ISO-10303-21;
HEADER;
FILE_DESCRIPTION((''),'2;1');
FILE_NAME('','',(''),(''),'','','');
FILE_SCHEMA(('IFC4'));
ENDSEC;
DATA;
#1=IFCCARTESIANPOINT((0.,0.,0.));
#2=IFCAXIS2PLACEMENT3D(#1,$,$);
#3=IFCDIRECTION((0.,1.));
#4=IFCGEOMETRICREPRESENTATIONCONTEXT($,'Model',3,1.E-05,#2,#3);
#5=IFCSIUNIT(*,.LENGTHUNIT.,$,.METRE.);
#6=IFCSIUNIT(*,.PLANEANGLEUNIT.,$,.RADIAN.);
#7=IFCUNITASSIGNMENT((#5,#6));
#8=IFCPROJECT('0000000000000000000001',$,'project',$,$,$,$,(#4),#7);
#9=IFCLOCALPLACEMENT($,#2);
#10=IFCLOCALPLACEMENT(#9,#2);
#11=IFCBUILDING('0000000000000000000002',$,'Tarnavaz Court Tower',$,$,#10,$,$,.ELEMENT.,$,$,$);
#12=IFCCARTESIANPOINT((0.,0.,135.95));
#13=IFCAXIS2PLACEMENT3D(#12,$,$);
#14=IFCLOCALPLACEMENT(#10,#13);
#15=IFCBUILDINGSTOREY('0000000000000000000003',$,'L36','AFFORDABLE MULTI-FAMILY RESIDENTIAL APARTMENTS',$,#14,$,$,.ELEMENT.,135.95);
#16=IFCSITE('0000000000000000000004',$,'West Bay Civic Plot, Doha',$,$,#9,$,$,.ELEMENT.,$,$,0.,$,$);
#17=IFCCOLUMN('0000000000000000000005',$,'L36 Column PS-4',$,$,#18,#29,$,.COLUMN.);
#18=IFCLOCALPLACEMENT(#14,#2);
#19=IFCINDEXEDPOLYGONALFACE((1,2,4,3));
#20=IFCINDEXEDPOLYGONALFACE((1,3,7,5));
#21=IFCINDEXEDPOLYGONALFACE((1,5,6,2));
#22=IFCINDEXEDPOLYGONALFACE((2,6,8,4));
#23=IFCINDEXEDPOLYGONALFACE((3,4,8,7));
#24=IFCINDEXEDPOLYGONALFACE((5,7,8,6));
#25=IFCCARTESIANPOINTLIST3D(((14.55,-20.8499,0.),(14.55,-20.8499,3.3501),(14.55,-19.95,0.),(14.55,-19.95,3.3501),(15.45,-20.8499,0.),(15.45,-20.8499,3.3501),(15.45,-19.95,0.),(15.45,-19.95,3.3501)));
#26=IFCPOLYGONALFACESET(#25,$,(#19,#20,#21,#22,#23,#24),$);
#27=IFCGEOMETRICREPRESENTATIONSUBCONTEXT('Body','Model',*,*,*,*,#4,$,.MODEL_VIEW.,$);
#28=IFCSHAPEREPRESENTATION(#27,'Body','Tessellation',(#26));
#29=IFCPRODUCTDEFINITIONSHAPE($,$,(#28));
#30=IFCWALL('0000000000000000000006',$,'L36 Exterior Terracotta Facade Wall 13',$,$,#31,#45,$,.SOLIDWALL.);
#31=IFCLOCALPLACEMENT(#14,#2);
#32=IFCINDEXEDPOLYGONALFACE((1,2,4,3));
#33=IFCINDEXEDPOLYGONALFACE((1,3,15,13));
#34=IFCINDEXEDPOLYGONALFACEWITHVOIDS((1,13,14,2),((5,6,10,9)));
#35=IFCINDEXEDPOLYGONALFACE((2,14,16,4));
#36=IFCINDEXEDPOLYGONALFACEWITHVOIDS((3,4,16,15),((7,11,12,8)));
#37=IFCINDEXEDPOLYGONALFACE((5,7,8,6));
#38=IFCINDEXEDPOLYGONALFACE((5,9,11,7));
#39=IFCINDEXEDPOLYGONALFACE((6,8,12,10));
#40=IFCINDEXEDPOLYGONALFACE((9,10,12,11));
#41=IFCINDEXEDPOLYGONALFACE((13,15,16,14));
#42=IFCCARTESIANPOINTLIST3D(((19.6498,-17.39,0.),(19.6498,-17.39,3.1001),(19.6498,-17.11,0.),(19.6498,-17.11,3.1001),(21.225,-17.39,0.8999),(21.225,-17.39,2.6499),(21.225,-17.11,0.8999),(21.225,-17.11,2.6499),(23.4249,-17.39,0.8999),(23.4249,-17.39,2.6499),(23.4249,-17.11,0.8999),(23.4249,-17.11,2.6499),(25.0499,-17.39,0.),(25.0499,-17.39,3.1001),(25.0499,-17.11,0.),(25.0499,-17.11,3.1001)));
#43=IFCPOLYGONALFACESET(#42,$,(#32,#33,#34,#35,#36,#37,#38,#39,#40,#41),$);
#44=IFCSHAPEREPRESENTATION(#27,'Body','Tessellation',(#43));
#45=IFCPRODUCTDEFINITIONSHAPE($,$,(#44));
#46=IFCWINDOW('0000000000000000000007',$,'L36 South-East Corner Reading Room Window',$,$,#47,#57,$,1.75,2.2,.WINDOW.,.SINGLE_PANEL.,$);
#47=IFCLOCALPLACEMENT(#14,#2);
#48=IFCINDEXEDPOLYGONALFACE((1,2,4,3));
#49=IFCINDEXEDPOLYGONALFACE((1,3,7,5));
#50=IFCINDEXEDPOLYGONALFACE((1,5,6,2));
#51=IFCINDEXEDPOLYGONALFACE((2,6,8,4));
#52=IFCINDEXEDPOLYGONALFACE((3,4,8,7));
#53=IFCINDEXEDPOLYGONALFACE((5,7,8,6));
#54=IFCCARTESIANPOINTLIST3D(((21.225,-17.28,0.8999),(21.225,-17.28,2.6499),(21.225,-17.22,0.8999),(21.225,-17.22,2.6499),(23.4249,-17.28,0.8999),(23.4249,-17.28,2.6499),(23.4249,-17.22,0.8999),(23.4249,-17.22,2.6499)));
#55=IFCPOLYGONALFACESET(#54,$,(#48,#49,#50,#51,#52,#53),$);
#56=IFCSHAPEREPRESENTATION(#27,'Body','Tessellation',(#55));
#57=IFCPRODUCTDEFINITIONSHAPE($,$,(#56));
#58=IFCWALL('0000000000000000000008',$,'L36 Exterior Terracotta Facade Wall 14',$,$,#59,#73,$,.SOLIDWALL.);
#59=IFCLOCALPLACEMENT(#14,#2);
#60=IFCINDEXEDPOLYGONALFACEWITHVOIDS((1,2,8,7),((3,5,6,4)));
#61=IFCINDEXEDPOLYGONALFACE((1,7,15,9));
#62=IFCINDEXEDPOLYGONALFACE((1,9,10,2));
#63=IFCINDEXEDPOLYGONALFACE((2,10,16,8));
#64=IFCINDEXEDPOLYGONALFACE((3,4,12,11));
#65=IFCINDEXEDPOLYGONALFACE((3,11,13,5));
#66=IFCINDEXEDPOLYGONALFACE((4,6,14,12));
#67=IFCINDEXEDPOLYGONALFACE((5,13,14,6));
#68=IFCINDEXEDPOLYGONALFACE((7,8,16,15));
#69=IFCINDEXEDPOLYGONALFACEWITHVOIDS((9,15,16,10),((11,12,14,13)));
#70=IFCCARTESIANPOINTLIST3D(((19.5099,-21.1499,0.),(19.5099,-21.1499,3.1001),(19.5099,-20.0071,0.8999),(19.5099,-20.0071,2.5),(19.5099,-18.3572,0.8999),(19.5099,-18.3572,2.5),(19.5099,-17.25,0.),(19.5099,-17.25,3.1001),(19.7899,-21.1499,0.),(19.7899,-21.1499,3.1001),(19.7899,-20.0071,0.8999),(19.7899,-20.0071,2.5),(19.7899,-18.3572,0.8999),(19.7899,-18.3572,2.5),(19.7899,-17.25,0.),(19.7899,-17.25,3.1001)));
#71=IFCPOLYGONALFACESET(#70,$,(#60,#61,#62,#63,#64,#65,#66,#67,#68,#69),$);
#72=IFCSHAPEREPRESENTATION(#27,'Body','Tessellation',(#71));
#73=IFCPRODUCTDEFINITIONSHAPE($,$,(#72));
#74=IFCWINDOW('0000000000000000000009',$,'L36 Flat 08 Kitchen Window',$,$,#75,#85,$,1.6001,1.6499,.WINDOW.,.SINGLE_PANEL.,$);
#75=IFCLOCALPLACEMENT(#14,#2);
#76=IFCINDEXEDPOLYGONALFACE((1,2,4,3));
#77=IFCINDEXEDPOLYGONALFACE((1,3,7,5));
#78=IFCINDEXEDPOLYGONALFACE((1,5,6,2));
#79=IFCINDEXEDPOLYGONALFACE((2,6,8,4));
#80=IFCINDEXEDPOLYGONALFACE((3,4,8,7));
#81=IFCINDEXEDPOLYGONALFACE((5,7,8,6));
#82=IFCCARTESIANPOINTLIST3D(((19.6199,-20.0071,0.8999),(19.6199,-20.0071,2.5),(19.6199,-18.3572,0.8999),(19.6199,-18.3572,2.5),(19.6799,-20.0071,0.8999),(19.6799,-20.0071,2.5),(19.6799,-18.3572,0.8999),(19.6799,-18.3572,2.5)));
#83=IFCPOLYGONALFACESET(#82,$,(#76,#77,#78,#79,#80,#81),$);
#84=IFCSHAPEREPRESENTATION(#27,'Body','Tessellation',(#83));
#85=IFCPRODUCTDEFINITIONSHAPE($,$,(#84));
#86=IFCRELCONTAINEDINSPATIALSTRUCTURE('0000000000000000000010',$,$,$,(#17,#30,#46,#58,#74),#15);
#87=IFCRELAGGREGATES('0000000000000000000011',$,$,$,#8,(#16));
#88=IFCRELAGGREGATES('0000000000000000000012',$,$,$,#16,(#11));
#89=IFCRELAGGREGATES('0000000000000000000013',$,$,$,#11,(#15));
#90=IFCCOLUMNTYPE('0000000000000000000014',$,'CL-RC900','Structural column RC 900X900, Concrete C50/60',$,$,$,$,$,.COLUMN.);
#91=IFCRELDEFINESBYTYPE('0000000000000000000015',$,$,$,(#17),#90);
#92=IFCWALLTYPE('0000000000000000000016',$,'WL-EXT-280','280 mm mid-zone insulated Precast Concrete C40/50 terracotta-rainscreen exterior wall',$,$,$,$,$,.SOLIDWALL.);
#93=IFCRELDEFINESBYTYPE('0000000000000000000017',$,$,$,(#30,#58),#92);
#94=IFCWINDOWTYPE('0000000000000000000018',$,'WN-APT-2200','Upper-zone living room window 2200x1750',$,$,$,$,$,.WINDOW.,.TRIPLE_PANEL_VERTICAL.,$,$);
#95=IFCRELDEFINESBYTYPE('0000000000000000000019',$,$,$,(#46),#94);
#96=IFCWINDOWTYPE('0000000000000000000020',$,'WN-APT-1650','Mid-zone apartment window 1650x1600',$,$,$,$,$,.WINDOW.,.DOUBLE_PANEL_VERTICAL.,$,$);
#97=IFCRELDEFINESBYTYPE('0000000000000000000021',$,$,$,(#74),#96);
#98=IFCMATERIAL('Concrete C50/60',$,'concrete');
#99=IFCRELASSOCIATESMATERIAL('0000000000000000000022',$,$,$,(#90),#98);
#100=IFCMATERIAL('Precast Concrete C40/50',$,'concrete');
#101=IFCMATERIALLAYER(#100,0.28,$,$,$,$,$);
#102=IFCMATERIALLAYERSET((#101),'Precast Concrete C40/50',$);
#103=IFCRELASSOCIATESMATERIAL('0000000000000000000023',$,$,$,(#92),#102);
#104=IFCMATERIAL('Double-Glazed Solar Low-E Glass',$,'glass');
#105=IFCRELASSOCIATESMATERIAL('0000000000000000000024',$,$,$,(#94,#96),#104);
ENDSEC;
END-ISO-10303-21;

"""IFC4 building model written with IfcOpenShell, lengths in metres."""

from ifc_helpers import new_model, si_unit, direction, frame, frame_2d, origin, origin_2d, place, context, subcontext, project, spatial, rectangle, extrude, material, layer, layer_set, material_profile, profile_set, type_object, element, fill, save


model = new_model("IFC4")

# Units and contexts
model_context = context("Model", 3, precision=1e-05, world=origin(), true_north=direction((0.0, 1.0)))
body_context = subcontext(model_context, "Body", "Model", "MODEL_VIEW")
ifc_project = project(units=[si_unit("LENGTHUNIT", "METRE"), si_unit("PLANEANGLEUNIT", "RADIAN")], contexts=[model_context])

# Site, building, storey
site_placement = place(None, origin())
site = spatial("IfcSite", under=ifc_project, at=site_placement, Name="West Bay Civic Plot, Doha", CompositionType="ELEMENT", RefElevation=0.0)
building_placement = place(site_placement, origin())
building = spatial("IfcBuilding", under=site, at=building_placement, Name="Tarnavaz Court Tower", CompositionType="ELEMENT")
storey_placement = place(building_placement, frame((0.0, 0.0, 135.95)))
storey = spatial("IfcBuildingStorey", under=building, at=storey_placement, Name="L36", Description="AFFORDABLE MULTI-FAMILY RESIDENTIAL APARTMENTS", CompositionType="ELEMENT", Elevation=135.95)

# Column
ifc_material_1 = material(Name="Concrete C50/60", Category="concrete")
ifc_material_profile_1 = material_profile(ifc_material_1, rectangle(XDim=0.8999, YDim=0.8999, at=origin_2d()), Name="RC 900X900")
ifc_profile_set_1 = profile_set([ifc_material_profile_1], Name="Concrete C50/60")
column_type = type_object("IfcColumnType", Name="CL-RC900", Description="Structural column RC 900X900, Concrete C50/60", PredefinedType="COLUMN", material=ifc_profile_set_1)
column_placement = place(storey_placement, frame((15.0, -20.3999, 0.0), z_axis=(0.0, 0.0, 1.0), x_axis=(1.0, 0.0, 0.0)))
element("IfcColumn", 1, at=column_placement, inside=storey, type_object=column_type, Name="L36 Column PS-4", PredefinedType="COLUMN", context=body_context, shape_type="SweptSolid", body=[
    extrude(rectangle(XDim=0.8999, YDim=0.8999, at=origin_2d()), origin(), (0.0, 0.0, 1.0), 3.3501),
])

# Walls, openings, windows
ifc_material_2 = material(Name="Precast Concrete C40/50", Category="concrete")
ifc_layer_1 = layer(ifc_material_2, 0.28)
ifc_layer_set_1 = layer_set([ifc_layer_1], Name="Precast Concrete C40/50")
wall_type_1 = type_object("IfcWallType", Name="WL-EXT-280", Description="280 mm mid-zone insulated Precast Concrete C40/50 terracotta-rainscreen exterior wall", PredefinedType="SOLIDWALL", material=ifc_layer_set_1)
wall_1_placement = place(storey_placement, frame((25.05, -17.25, 0.0), z_axis=(0.0, 0.0, 1.0), x_axis=(-1.0, 0.0, 0.0)))
wall_1 = element("IfcWall", 2, at=wall_1_placement, inside=storey, type_object=wall_type_1, Name="L36 Exterior Terracotta Facade Wall 13", PredefinedType="SOLIDWALL", context=body_context, shape_type="SweptSolid", body=[
    extrude(rectangle(XDim=5.4001, YDim=0.28, at=frame_2d((2.7002, 0.0))), origin(), (0.0, 0.0, 1.0), 3.1001),
])
opening_1_placement = place(wall_1_placement, frame((1.625, 0.0, 0.8999)))
opening_1 = element("IfcOpeningElement", 3, at=opening_1_placement, cuts=wall_1, PredefinedType="OPENING", context=body_context, shape_type="SweptSolid", body=[
    extrude(rectangle(XDim=2.2, YDim=1.75, at=frame_2d((1.1001, 0.875))), frame((0.0, 0.1499, 0.0), z_axis=(0.0, -1.0, 0.0), x_axis=(1.0, 0.0, 0.0)), (0.0, 0.0, 1.0), 0.3),
])
ifc_material_3 = material(Name="Double-Glazed Solar Low-E Glass", Category="glass")
window_type_1 = type_object("IfcWindowType", Name="WN-APT-2200", Description="Upper-zone living room window 2200x1750", PartitioningType="TRIPLE_PANEL_VERTICAL", PredefinedType="WINDOW", material=ifc_material_3)
window_1_placement = place(opening_1_placement, origin())
window_1 = element("IfcWindow", 4, at=window_1_placement, inside=storey, type_object=window_type_1, Name="L36 South-East Corner Reading Room Window", OverallHeight=1.75, OverallWidth=2.2, PartitioningType="SINGLE_PANEL", PredefinedType="WINDOW", context=body_context, shape_type="SweptSolid", body=[
    extrude(rectangle(XDim=2.2, YDim=1.75, at=frame_2d((1.1001, 0.875))), frame((0.0, 0.03, 0.0), z_axis=(0.0, -1.0, 0.0), x_axis=(1.0, 0.0, 0.0)), (0.0, 0.0, 1.0), 0.0601),
])
fill(opening_1, window_1)
wall_2_placement = place(storey_placement, frame((19.6499, -17.25, 0.0), z_axis=(0.0, 0.0, 1.0), x_axis=(0.0, -1.0, 0.0)))
wall_2 = element("IfcWall", 5, at=wall_2_placement, inside=storey, type_object=wall_type_1, Name="L36 Exterior Terracotta Facade Wall 14", PredefinedType="SOLIDWALL", context=body_context, shape_type="SweptSolid", body=[
    extrude(rectangle(XDim=3.8999, YDim=0.28, at=frame_2d((1.95, 0.0))), origin(), (0.0, 0.0, 1.0), 3.1001),
])
opening_2_placement = place(wall_2_placement, frame((1.1072, 0.0, 0.8999)))
opening_2 = element("IfcOpeningElement", 6, at=opening_2_placement, cuts=wall_2, PredefinedType="OPENING", context=body_context, shape_type="SweptSolid", body=[
    extrude(rectangle(XDim=1.6499, YDim=1.6001, at=frame_2d((0.825, 0.8))), frame((0.0, 0.1499, 0.0), z_axis=(0.0, -1.0, 0.0), x_axis=(1.0, 0.0, 0.0)), (0.0, 0.0, 1.0), 0.3),
])
window_type_2 = type_object("IfcWindowType", Name="WN-APT-1650", Description="Mid-zone apartment window 1650x1600", PartitioningType="DOUBLE_PANEL_VERTICAL", PredefinedType="WINDOW", material=ifc_material_3)
window_2_placement = place(opening_2_placement, origin())
window_2 = element("IfcWindow", 7, at=window_2_placement, inside=storey, type_object=window_type_2, Name="L36 Flat 08 Kitchen Window", OverallHeight=1.6001, OverallWidth=1.6499, PartitioningType="SINGLE_PANEL", PredefinedType="WINDOW", context=body_context, shape_type="SweptSolid", body=[
    extrude(rectangle(XDim=1.6499, YDim=1.6001, at=frame_2d((0.825, 0.8))), frame((0.0, 0.03, 0.0), z_axis=(0.0, -1.0, 0.0), x_axis=(1.0, 0.0, 0.0)), (0.0, 0.0, 1.0), 0.0601),
])
fill(opening_2, window_2)

save(model, "model.ifc")
